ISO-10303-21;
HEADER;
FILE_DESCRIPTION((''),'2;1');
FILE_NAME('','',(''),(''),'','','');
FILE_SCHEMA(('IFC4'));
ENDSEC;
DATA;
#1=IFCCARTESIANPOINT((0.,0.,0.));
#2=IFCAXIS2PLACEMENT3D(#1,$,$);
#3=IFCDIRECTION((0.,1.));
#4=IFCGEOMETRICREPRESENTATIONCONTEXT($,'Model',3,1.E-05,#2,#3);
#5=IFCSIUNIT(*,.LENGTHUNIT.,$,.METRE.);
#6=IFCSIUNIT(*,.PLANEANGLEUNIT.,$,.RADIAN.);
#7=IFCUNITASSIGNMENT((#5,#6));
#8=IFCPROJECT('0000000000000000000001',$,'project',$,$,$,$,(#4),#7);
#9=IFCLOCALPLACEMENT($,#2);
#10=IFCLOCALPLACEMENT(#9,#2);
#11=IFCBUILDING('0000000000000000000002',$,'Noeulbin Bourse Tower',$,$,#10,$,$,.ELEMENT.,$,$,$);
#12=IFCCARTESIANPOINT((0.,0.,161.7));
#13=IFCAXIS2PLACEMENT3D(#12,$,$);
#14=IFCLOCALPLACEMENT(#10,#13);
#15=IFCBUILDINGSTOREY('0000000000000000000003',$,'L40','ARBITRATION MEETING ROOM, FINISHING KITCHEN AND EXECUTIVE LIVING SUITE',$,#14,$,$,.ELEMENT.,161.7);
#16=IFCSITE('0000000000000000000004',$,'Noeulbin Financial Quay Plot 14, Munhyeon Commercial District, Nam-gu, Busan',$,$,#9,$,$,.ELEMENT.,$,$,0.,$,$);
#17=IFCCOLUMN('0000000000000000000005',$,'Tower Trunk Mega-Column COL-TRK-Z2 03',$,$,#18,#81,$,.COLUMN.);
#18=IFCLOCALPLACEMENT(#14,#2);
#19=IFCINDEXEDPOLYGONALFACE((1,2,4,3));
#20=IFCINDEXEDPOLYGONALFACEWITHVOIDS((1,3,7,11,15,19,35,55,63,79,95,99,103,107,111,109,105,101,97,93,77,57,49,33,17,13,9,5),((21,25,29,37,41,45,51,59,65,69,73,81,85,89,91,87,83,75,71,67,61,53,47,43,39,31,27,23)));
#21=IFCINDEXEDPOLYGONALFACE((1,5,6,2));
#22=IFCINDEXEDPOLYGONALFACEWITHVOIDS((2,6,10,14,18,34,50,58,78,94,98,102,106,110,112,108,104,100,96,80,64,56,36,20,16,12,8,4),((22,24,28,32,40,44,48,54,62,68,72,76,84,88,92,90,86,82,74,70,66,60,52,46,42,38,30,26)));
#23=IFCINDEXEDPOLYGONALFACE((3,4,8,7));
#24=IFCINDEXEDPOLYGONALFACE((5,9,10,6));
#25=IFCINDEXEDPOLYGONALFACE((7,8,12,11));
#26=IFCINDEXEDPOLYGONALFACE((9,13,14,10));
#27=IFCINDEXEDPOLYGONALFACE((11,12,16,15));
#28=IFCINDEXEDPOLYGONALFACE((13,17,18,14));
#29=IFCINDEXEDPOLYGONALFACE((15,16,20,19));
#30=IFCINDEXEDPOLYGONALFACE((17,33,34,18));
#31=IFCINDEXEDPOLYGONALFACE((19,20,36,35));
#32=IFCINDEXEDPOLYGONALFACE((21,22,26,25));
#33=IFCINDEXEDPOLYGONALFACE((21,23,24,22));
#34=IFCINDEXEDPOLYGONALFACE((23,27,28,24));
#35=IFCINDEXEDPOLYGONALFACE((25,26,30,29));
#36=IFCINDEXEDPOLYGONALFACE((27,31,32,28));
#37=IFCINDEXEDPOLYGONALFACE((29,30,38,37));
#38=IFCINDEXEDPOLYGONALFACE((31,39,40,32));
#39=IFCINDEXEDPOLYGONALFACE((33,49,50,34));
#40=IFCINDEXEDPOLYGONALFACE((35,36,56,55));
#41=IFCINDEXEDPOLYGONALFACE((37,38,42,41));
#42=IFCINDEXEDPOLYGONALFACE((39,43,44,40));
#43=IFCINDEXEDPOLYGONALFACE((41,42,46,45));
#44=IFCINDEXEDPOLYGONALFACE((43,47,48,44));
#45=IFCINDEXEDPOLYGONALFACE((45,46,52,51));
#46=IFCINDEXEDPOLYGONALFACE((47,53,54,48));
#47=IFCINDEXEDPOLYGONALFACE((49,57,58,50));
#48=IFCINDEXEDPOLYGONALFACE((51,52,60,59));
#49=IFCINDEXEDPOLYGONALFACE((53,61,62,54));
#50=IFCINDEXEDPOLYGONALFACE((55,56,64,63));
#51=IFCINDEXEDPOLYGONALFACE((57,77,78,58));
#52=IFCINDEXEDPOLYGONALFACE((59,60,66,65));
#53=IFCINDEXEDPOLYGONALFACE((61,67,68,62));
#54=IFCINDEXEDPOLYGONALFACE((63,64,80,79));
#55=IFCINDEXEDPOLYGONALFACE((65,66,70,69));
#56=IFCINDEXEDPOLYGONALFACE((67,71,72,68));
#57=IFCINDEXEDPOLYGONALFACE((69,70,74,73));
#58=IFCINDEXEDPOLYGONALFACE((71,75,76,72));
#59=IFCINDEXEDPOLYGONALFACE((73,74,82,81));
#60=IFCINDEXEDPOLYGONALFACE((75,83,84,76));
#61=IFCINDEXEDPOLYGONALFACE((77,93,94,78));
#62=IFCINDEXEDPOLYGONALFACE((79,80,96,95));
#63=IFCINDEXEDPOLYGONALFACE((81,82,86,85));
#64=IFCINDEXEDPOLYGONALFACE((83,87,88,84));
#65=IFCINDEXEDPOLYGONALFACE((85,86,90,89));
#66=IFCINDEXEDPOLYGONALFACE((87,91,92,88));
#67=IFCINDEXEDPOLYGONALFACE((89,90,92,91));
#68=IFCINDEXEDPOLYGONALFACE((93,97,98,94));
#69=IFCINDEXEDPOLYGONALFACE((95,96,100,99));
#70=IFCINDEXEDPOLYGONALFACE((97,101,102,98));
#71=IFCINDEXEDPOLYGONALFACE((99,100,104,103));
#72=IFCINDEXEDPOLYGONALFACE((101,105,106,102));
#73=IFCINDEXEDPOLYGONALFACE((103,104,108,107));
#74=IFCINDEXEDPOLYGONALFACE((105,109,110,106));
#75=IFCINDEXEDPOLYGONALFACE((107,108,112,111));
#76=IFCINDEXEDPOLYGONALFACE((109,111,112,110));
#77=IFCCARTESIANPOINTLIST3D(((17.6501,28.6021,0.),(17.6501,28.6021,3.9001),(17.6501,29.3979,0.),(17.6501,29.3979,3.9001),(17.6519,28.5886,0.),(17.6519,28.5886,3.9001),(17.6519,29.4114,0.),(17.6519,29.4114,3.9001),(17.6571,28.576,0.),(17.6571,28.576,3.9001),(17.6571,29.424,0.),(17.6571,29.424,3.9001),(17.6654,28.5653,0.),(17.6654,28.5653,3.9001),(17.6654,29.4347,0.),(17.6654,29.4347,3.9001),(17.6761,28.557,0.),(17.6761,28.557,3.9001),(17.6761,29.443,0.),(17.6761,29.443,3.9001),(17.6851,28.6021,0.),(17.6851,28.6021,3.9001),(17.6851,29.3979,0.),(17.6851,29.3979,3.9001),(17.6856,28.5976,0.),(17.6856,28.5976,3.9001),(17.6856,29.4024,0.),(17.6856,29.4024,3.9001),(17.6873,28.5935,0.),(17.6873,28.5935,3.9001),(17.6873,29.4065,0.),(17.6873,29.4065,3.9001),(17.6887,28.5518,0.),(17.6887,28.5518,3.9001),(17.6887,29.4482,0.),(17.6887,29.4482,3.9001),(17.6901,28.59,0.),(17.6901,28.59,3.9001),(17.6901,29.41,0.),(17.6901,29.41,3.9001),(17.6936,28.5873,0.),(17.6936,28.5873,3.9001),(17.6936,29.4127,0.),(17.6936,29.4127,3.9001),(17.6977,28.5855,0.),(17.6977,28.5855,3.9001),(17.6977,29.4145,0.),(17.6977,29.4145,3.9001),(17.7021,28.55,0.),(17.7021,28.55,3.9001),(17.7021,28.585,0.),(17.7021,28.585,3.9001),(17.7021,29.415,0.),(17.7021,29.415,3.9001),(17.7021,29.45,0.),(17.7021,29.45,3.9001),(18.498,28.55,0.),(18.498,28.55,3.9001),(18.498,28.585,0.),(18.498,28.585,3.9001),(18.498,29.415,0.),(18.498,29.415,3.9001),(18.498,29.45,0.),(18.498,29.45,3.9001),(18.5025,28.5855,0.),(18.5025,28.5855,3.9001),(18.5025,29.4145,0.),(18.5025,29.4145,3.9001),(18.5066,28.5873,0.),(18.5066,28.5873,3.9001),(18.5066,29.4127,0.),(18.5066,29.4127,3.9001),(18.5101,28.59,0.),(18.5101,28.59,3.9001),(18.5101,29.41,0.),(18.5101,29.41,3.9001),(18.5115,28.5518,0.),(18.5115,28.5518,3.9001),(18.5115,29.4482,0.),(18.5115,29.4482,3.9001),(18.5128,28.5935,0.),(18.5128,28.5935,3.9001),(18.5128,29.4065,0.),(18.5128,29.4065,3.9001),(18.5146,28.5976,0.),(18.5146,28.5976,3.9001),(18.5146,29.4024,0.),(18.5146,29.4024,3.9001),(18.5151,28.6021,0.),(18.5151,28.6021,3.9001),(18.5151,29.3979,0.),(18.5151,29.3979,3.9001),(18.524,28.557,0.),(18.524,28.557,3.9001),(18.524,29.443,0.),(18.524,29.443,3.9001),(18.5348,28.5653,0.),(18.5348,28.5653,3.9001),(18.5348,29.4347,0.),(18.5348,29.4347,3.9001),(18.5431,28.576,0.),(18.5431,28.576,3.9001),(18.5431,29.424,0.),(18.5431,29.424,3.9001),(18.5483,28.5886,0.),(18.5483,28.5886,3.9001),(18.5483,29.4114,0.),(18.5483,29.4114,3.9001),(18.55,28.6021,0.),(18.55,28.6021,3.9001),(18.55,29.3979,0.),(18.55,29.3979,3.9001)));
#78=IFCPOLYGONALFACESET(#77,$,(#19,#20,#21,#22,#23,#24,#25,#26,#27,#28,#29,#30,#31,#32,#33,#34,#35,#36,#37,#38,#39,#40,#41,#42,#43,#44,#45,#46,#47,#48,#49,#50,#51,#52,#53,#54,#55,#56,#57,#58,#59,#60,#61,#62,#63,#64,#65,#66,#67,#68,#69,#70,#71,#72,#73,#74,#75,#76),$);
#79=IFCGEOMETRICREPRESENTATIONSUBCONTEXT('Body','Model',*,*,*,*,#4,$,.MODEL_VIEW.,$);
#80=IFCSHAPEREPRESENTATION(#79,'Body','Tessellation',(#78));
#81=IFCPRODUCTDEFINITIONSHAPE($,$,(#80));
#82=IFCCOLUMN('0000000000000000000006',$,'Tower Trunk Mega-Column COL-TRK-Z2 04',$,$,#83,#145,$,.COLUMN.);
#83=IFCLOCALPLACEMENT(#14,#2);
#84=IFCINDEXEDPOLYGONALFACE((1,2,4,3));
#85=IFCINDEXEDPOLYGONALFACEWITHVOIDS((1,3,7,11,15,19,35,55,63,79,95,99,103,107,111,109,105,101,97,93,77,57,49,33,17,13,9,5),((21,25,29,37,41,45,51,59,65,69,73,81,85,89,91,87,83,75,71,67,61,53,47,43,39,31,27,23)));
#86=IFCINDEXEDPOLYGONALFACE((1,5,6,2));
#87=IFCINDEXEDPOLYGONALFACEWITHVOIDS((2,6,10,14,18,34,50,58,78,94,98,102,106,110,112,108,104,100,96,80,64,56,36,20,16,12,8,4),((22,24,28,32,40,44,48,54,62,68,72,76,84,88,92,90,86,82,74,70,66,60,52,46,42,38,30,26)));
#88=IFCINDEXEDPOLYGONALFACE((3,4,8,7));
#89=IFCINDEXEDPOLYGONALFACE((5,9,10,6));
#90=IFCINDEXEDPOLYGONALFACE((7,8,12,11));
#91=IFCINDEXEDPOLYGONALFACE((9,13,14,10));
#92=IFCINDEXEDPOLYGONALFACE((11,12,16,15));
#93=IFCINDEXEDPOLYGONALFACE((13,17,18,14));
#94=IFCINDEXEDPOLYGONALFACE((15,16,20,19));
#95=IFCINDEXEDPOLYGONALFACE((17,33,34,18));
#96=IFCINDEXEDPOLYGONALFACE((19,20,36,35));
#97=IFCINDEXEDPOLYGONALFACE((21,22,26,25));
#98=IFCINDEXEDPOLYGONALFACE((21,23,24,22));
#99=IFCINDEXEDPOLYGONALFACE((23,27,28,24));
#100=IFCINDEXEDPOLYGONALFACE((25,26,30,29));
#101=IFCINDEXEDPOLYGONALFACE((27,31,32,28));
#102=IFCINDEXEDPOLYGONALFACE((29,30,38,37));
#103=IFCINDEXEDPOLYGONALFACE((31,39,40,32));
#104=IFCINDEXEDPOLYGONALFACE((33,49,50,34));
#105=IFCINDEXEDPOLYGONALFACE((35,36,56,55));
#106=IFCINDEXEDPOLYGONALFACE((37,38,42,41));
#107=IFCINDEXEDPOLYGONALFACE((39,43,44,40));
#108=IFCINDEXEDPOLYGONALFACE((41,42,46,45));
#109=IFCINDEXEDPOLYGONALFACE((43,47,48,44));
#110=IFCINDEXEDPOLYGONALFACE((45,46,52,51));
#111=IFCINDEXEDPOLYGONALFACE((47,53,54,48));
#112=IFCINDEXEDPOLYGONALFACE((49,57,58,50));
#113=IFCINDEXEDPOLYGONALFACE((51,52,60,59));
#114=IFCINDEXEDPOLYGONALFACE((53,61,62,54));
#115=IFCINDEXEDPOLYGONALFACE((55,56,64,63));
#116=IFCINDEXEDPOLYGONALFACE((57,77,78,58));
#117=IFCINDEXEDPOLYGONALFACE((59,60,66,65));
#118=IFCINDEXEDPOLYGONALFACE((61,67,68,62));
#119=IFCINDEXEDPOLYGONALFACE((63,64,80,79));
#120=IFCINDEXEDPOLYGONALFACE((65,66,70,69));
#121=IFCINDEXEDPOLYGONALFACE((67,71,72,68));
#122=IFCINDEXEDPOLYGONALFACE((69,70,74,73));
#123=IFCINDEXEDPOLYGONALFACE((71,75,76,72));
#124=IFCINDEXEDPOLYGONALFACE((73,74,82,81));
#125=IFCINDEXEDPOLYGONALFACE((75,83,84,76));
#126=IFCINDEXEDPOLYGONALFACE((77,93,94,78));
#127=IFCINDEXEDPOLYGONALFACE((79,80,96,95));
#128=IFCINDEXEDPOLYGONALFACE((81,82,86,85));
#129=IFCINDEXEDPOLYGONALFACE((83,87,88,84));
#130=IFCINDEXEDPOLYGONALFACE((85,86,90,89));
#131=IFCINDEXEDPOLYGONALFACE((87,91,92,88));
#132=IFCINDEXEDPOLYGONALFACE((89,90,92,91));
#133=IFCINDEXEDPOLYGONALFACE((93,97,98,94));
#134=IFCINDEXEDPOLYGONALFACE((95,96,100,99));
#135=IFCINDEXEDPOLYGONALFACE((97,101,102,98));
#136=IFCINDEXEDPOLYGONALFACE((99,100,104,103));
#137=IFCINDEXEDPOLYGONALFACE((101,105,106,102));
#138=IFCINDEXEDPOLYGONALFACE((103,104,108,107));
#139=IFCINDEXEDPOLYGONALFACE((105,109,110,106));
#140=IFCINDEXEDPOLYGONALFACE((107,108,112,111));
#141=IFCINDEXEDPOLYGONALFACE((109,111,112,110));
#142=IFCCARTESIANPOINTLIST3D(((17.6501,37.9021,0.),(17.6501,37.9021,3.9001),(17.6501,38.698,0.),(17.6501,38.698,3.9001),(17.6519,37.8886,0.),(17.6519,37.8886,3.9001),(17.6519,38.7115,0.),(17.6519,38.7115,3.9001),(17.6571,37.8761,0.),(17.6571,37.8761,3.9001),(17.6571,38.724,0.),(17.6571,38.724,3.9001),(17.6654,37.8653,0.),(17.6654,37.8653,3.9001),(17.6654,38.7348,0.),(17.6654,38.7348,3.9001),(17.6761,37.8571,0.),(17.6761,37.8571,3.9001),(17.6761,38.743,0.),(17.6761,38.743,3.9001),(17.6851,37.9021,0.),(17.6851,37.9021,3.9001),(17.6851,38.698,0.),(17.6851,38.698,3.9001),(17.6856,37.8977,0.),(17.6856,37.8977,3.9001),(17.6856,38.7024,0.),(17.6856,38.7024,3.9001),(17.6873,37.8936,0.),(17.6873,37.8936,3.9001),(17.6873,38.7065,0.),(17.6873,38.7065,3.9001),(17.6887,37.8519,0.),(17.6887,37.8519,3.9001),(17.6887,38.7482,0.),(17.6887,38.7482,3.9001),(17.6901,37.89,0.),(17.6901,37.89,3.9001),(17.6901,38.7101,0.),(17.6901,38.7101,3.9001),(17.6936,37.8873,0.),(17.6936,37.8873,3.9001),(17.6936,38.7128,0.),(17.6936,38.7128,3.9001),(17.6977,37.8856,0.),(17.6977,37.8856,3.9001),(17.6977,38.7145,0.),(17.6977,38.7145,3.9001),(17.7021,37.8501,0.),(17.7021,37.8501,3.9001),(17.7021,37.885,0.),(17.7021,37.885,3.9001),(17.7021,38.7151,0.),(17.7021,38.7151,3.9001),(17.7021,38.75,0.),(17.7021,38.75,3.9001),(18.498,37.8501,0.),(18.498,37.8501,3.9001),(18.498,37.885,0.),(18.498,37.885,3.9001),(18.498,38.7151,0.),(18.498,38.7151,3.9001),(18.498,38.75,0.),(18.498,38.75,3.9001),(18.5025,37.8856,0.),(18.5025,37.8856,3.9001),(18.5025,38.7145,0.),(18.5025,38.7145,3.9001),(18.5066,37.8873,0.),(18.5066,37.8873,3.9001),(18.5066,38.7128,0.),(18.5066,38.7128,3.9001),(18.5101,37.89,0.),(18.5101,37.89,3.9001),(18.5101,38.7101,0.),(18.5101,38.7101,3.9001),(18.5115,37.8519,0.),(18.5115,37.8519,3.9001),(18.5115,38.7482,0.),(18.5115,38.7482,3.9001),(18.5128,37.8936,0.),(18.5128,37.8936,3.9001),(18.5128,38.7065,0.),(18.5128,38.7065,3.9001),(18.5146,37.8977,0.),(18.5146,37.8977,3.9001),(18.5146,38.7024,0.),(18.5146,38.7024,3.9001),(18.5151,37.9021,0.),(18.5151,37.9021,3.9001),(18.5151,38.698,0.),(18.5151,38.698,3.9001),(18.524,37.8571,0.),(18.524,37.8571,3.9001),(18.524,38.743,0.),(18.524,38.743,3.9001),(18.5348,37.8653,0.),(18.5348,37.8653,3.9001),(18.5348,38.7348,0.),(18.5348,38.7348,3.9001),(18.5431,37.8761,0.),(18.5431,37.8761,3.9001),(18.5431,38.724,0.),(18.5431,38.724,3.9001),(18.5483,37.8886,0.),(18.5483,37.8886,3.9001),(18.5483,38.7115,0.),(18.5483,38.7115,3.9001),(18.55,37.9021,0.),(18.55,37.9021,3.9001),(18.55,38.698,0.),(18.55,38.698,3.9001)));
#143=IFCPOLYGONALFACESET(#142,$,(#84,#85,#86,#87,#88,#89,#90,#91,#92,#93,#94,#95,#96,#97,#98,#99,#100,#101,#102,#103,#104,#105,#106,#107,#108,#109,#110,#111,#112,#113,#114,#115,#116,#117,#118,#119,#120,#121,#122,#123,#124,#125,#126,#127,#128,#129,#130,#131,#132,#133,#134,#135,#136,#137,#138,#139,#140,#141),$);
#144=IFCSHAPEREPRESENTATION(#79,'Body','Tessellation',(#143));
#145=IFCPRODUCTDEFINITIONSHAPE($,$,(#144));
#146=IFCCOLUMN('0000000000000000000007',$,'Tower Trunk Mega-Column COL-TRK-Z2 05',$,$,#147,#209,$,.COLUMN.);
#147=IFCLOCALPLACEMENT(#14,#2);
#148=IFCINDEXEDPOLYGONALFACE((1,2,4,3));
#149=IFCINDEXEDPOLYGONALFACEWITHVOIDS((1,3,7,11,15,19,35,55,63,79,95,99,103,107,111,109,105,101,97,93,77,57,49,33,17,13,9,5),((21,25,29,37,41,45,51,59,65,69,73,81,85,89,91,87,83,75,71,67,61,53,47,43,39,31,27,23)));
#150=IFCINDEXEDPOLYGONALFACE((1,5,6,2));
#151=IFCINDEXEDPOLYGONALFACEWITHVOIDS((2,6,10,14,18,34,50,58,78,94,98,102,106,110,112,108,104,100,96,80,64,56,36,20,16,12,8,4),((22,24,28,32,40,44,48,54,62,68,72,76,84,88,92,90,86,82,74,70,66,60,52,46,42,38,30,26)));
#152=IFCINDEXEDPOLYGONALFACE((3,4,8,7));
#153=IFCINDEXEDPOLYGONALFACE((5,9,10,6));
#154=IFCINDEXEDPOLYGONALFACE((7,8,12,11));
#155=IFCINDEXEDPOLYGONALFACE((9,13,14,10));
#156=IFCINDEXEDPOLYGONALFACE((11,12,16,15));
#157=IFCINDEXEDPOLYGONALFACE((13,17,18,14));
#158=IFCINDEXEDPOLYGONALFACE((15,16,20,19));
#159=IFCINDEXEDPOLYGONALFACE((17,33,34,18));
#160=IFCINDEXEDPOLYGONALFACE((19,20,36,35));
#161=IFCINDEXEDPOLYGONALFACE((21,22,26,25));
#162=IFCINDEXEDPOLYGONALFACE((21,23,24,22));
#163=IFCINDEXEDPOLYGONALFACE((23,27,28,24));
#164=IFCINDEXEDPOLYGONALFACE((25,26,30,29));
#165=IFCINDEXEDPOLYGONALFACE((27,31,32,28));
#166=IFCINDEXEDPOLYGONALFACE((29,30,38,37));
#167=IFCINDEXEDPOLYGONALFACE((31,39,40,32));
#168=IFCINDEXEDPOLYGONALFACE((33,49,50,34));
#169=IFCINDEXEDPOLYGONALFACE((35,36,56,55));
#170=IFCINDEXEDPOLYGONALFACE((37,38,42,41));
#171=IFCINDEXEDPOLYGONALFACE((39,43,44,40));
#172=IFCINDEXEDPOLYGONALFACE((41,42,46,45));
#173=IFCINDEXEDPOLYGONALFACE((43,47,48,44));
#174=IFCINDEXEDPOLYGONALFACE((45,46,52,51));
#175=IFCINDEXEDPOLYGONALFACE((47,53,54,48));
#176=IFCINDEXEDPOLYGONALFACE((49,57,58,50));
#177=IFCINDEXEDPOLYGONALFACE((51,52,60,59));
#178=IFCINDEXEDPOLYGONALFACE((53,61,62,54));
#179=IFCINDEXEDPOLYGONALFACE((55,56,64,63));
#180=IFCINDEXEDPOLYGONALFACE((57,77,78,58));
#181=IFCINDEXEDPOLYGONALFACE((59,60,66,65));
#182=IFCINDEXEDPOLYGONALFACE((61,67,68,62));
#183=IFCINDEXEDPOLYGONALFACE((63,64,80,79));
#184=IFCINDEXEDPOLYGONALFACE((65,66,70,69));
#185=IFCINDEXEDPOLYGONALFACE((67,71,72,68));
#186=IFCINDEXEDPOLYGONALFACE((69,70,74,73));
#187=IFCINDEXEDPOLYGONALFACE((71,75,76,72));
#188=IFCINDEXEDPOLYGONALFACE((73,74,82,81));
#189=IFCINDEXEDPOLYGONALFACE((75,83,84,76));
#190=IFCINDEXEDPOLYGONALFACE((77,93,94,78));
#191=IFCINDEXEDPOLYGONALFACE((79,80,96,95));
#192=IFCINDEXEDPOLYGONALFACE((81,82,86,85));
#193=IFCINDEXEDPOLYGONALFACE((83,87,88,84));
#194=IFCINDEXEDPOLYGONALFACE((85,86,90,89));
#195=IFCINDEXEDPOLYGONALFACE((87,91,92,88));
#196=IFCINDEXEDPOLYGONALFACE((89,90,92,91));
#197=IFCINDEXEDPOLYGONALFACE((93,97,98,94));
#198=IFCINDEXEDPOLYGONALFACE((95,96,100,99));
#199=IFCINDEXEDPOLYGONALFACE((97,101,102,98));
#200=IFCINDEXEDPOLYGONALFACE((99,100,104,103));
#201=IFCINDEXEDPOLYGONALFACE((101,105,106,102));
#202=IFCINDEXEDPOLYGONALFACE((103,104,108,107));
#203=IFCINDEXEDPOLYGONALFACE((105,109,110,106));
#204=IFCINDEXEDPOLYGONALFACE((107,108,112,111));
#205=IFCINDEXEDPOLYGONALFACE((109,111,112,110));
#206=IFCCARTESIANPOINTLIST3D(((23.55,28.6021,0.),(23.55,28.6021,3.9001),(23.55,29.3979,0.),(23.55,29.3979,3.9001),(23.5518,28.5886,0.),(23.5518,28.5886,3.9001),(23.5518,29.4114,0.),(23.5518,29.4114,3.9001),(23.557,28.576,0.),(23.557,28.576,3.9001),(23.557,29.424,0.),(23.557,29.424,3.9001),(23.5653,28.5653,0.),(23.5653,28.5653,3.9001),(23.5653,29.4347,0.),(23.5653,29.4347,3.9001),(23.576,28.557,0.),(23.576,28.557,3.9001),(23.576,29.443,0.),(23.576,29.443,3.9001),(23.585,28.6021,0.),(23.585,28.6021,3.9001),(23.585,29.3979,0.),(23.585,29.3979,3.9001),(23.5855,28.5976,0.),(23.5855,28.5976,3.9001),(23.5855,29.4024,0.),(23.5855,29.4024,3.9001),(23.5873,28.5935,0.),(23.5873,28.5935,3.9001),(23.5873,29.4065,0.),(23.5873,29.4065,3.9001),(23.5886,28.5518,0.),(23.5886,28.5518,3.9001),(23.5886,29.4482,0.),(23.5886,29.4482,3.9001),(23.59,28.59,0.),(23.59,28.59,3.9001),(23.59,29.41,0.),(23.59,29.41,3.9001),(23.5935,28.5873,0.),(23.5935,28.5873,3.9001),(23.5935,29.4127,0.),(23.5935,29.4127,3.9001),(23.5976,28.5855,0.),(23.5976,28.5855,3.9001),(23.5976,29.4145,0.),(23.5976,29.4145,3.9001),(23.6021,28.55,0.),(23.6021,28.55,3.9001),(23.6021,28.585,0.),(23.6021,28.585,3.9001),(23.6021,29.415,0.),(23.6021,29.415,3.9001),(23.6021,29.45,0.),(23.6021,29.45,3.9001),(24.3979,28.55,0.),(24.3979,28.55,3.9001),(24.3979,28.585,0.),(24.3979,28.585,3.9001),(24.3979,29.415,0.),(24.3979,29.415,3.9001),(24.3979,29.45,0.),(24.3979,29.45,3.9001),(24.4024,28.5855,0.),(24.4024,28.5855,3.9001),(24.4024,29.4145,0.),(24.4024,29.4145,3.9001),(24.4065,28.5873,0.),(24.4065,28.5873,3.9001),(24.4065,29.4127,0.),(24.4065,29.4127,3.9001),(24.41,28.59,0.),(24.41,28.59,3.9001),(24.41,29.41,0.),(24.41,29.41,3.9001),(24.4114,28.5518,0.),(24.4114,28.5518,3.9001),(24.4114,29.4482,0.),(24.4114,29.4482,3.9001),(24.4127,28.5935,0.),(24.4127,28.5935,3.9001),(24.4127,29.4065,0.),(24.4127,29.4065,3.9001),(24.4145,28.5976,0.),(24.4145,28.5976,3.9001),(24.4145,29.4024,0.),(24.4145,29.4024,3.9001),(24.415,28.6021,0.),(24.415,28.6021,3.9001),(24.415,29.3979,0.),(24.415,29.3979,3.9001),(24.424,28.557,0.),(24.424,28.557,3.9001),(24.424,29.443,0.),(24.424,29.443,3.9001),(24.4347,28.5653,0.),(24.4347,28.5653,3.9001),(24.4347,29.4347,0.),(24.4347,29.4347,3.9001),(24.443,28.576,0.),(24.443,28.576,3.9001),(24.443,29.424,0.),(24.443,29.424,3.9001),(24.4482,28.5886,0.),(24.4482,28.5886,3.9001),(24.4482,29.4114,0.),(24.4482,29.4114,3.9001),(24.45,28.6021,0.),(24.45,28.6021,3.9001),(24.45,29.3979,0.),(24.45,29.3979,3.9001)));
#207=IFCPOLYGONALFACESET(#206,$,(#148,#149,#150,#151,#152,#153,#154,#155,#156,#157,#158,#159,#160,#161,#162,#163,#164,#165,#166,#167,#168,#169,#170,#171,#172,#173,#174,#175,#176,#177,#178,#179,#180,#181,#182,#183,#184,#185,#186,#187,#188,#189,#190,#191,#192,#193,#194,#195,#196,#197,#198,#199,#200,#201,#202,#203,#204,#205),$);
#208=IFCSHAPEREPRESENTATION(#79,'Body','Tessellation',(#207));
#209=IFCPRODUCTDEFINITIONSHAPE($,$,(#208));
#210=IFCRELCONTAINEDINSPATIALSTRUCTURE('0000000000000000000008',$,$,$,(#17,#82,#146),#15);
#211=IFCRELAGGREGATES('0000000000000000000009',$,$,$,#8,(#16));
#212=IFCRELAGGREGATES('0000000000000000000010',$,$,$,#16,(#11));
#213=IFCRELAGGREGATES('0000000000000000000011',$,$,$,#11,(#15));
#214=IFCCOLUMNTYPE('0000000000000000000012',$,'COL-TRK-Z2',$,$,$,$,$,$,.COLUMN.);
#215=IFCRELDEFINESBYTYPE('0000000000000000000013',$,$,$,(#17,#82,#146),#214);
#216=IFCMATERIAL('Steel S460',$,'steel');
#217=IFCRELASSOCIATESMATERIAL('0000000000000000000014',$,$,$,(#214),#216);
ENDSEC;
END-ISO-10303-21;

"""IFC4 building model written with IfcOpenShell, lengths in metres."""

from ifc_helpers import new_model, si_unit, direction, frame, origin, origin_2d, place, context, subcontext, project, spatial, hollow_rectangle, extrude, material, material_profile, profile_set, type_object, element, save


model = new_model("IFC4")

# Units and contexts
model_context = context("Model", 3, precision=1e-05, world=origin(), true_north=direction((0.0, 1.0)))
body_context = subcontext(model_context, "Body", "Model", "MODEL_VIEW")
ifc_project = project(units=[si_unit("LENGTHUNIT", "METRE"), si_unit("PLANEANGLEUNIT", "RADIAN")], contexts=[model_context])

# Site, building, storey
site_placement = place(None, origin())
site = spatial("IfcSite", under=ifc_project, at=site_placement, Name="Noeulbin Financial Quay Plot 14, Munhyeon Commercial District, Nam-gu, Busan", CompositionType="ELEMENT", RefElevation=0.0)
building_placement = place(site_placement, origin())
building = spatial("IfcBuilding", under=site, at=building_placement, Name="Noeulbin Bourse Tower", CompositionType="ELEMENT")
storey_placement = place(building_placement, frame((0.0, 0.0, 161.7)))
storey = spatial("IfcBuildingStorey", under=building, at=storey_placement, Name="L40", Description="ARBITRATION MEETING ROOM, FINISHING KITCHEN AND EXECUTIVE LIVING SUITE", CompositionType="ELEMENT", Elevation=161.7)

# Columns
ifc_material_1 = material(Name="Steel S460", Category="steel")
ifc_material_profile = material_profile(ifc_material_1, hollow_rectangle(XDim=0.8999, YDim=0.8999, WallThickness=0.0349, InnerFilletRadius=0.0171, OuterFilletRadius=0.052, at=origin_2d()), Name="BOX-900x900x35", Category="LoadBearing")
ifc_profile_set = profile_set([ifc_material_profile], Name="Steel S460")
column_type = type_object("IfcColumnType", Name="COL-TRK-Z2", PredefinedType="COLUMN", material=ifc_profile_set)
for number, where, z_axis, x_axis, name in (
    (1, (18.1001, 29.0, 0.0), (0.0, 0.0, 1.0), (1.0, 0.0, 0.0), "Tower Trunk Mega-Column COL-TRK-Z2 03"),
    (2, (18.1001, 38.3, 0.0), (0.0, 0.0, 1.0), (1.0, 0.0, 0.0), "Tower Trunk Mega-Column COL-TRK-Z2 04"),
    (3, (24.0, 29.0, 0.0), (0.0, 0.0, 1.0), (1.0, 0.0, 0.0), "Tower Trunk Mega-Column COL-TRK-Z2 05"),
):
    element("IfcColumn", number, at=place(storey_placement, frame(where, z_axis=z_axis, x_axis=x_axis)), inside=storey, type_object=column_type, Name=name, PredefinedType="COLUMN", context=body_context, shape_type="SweptSolid", body=[
        extrude(hollow_rectangle(XDim=0.8999, YDim=0.8999, WallThickness=0.0349, InnerFilletRadius=0.0171, OuterFilletRadius=0.052, at=origin_2d()), origin(), (0.0, 0.0, 1.0), 3.9001),
    ])

save(model, "model.ifc")
